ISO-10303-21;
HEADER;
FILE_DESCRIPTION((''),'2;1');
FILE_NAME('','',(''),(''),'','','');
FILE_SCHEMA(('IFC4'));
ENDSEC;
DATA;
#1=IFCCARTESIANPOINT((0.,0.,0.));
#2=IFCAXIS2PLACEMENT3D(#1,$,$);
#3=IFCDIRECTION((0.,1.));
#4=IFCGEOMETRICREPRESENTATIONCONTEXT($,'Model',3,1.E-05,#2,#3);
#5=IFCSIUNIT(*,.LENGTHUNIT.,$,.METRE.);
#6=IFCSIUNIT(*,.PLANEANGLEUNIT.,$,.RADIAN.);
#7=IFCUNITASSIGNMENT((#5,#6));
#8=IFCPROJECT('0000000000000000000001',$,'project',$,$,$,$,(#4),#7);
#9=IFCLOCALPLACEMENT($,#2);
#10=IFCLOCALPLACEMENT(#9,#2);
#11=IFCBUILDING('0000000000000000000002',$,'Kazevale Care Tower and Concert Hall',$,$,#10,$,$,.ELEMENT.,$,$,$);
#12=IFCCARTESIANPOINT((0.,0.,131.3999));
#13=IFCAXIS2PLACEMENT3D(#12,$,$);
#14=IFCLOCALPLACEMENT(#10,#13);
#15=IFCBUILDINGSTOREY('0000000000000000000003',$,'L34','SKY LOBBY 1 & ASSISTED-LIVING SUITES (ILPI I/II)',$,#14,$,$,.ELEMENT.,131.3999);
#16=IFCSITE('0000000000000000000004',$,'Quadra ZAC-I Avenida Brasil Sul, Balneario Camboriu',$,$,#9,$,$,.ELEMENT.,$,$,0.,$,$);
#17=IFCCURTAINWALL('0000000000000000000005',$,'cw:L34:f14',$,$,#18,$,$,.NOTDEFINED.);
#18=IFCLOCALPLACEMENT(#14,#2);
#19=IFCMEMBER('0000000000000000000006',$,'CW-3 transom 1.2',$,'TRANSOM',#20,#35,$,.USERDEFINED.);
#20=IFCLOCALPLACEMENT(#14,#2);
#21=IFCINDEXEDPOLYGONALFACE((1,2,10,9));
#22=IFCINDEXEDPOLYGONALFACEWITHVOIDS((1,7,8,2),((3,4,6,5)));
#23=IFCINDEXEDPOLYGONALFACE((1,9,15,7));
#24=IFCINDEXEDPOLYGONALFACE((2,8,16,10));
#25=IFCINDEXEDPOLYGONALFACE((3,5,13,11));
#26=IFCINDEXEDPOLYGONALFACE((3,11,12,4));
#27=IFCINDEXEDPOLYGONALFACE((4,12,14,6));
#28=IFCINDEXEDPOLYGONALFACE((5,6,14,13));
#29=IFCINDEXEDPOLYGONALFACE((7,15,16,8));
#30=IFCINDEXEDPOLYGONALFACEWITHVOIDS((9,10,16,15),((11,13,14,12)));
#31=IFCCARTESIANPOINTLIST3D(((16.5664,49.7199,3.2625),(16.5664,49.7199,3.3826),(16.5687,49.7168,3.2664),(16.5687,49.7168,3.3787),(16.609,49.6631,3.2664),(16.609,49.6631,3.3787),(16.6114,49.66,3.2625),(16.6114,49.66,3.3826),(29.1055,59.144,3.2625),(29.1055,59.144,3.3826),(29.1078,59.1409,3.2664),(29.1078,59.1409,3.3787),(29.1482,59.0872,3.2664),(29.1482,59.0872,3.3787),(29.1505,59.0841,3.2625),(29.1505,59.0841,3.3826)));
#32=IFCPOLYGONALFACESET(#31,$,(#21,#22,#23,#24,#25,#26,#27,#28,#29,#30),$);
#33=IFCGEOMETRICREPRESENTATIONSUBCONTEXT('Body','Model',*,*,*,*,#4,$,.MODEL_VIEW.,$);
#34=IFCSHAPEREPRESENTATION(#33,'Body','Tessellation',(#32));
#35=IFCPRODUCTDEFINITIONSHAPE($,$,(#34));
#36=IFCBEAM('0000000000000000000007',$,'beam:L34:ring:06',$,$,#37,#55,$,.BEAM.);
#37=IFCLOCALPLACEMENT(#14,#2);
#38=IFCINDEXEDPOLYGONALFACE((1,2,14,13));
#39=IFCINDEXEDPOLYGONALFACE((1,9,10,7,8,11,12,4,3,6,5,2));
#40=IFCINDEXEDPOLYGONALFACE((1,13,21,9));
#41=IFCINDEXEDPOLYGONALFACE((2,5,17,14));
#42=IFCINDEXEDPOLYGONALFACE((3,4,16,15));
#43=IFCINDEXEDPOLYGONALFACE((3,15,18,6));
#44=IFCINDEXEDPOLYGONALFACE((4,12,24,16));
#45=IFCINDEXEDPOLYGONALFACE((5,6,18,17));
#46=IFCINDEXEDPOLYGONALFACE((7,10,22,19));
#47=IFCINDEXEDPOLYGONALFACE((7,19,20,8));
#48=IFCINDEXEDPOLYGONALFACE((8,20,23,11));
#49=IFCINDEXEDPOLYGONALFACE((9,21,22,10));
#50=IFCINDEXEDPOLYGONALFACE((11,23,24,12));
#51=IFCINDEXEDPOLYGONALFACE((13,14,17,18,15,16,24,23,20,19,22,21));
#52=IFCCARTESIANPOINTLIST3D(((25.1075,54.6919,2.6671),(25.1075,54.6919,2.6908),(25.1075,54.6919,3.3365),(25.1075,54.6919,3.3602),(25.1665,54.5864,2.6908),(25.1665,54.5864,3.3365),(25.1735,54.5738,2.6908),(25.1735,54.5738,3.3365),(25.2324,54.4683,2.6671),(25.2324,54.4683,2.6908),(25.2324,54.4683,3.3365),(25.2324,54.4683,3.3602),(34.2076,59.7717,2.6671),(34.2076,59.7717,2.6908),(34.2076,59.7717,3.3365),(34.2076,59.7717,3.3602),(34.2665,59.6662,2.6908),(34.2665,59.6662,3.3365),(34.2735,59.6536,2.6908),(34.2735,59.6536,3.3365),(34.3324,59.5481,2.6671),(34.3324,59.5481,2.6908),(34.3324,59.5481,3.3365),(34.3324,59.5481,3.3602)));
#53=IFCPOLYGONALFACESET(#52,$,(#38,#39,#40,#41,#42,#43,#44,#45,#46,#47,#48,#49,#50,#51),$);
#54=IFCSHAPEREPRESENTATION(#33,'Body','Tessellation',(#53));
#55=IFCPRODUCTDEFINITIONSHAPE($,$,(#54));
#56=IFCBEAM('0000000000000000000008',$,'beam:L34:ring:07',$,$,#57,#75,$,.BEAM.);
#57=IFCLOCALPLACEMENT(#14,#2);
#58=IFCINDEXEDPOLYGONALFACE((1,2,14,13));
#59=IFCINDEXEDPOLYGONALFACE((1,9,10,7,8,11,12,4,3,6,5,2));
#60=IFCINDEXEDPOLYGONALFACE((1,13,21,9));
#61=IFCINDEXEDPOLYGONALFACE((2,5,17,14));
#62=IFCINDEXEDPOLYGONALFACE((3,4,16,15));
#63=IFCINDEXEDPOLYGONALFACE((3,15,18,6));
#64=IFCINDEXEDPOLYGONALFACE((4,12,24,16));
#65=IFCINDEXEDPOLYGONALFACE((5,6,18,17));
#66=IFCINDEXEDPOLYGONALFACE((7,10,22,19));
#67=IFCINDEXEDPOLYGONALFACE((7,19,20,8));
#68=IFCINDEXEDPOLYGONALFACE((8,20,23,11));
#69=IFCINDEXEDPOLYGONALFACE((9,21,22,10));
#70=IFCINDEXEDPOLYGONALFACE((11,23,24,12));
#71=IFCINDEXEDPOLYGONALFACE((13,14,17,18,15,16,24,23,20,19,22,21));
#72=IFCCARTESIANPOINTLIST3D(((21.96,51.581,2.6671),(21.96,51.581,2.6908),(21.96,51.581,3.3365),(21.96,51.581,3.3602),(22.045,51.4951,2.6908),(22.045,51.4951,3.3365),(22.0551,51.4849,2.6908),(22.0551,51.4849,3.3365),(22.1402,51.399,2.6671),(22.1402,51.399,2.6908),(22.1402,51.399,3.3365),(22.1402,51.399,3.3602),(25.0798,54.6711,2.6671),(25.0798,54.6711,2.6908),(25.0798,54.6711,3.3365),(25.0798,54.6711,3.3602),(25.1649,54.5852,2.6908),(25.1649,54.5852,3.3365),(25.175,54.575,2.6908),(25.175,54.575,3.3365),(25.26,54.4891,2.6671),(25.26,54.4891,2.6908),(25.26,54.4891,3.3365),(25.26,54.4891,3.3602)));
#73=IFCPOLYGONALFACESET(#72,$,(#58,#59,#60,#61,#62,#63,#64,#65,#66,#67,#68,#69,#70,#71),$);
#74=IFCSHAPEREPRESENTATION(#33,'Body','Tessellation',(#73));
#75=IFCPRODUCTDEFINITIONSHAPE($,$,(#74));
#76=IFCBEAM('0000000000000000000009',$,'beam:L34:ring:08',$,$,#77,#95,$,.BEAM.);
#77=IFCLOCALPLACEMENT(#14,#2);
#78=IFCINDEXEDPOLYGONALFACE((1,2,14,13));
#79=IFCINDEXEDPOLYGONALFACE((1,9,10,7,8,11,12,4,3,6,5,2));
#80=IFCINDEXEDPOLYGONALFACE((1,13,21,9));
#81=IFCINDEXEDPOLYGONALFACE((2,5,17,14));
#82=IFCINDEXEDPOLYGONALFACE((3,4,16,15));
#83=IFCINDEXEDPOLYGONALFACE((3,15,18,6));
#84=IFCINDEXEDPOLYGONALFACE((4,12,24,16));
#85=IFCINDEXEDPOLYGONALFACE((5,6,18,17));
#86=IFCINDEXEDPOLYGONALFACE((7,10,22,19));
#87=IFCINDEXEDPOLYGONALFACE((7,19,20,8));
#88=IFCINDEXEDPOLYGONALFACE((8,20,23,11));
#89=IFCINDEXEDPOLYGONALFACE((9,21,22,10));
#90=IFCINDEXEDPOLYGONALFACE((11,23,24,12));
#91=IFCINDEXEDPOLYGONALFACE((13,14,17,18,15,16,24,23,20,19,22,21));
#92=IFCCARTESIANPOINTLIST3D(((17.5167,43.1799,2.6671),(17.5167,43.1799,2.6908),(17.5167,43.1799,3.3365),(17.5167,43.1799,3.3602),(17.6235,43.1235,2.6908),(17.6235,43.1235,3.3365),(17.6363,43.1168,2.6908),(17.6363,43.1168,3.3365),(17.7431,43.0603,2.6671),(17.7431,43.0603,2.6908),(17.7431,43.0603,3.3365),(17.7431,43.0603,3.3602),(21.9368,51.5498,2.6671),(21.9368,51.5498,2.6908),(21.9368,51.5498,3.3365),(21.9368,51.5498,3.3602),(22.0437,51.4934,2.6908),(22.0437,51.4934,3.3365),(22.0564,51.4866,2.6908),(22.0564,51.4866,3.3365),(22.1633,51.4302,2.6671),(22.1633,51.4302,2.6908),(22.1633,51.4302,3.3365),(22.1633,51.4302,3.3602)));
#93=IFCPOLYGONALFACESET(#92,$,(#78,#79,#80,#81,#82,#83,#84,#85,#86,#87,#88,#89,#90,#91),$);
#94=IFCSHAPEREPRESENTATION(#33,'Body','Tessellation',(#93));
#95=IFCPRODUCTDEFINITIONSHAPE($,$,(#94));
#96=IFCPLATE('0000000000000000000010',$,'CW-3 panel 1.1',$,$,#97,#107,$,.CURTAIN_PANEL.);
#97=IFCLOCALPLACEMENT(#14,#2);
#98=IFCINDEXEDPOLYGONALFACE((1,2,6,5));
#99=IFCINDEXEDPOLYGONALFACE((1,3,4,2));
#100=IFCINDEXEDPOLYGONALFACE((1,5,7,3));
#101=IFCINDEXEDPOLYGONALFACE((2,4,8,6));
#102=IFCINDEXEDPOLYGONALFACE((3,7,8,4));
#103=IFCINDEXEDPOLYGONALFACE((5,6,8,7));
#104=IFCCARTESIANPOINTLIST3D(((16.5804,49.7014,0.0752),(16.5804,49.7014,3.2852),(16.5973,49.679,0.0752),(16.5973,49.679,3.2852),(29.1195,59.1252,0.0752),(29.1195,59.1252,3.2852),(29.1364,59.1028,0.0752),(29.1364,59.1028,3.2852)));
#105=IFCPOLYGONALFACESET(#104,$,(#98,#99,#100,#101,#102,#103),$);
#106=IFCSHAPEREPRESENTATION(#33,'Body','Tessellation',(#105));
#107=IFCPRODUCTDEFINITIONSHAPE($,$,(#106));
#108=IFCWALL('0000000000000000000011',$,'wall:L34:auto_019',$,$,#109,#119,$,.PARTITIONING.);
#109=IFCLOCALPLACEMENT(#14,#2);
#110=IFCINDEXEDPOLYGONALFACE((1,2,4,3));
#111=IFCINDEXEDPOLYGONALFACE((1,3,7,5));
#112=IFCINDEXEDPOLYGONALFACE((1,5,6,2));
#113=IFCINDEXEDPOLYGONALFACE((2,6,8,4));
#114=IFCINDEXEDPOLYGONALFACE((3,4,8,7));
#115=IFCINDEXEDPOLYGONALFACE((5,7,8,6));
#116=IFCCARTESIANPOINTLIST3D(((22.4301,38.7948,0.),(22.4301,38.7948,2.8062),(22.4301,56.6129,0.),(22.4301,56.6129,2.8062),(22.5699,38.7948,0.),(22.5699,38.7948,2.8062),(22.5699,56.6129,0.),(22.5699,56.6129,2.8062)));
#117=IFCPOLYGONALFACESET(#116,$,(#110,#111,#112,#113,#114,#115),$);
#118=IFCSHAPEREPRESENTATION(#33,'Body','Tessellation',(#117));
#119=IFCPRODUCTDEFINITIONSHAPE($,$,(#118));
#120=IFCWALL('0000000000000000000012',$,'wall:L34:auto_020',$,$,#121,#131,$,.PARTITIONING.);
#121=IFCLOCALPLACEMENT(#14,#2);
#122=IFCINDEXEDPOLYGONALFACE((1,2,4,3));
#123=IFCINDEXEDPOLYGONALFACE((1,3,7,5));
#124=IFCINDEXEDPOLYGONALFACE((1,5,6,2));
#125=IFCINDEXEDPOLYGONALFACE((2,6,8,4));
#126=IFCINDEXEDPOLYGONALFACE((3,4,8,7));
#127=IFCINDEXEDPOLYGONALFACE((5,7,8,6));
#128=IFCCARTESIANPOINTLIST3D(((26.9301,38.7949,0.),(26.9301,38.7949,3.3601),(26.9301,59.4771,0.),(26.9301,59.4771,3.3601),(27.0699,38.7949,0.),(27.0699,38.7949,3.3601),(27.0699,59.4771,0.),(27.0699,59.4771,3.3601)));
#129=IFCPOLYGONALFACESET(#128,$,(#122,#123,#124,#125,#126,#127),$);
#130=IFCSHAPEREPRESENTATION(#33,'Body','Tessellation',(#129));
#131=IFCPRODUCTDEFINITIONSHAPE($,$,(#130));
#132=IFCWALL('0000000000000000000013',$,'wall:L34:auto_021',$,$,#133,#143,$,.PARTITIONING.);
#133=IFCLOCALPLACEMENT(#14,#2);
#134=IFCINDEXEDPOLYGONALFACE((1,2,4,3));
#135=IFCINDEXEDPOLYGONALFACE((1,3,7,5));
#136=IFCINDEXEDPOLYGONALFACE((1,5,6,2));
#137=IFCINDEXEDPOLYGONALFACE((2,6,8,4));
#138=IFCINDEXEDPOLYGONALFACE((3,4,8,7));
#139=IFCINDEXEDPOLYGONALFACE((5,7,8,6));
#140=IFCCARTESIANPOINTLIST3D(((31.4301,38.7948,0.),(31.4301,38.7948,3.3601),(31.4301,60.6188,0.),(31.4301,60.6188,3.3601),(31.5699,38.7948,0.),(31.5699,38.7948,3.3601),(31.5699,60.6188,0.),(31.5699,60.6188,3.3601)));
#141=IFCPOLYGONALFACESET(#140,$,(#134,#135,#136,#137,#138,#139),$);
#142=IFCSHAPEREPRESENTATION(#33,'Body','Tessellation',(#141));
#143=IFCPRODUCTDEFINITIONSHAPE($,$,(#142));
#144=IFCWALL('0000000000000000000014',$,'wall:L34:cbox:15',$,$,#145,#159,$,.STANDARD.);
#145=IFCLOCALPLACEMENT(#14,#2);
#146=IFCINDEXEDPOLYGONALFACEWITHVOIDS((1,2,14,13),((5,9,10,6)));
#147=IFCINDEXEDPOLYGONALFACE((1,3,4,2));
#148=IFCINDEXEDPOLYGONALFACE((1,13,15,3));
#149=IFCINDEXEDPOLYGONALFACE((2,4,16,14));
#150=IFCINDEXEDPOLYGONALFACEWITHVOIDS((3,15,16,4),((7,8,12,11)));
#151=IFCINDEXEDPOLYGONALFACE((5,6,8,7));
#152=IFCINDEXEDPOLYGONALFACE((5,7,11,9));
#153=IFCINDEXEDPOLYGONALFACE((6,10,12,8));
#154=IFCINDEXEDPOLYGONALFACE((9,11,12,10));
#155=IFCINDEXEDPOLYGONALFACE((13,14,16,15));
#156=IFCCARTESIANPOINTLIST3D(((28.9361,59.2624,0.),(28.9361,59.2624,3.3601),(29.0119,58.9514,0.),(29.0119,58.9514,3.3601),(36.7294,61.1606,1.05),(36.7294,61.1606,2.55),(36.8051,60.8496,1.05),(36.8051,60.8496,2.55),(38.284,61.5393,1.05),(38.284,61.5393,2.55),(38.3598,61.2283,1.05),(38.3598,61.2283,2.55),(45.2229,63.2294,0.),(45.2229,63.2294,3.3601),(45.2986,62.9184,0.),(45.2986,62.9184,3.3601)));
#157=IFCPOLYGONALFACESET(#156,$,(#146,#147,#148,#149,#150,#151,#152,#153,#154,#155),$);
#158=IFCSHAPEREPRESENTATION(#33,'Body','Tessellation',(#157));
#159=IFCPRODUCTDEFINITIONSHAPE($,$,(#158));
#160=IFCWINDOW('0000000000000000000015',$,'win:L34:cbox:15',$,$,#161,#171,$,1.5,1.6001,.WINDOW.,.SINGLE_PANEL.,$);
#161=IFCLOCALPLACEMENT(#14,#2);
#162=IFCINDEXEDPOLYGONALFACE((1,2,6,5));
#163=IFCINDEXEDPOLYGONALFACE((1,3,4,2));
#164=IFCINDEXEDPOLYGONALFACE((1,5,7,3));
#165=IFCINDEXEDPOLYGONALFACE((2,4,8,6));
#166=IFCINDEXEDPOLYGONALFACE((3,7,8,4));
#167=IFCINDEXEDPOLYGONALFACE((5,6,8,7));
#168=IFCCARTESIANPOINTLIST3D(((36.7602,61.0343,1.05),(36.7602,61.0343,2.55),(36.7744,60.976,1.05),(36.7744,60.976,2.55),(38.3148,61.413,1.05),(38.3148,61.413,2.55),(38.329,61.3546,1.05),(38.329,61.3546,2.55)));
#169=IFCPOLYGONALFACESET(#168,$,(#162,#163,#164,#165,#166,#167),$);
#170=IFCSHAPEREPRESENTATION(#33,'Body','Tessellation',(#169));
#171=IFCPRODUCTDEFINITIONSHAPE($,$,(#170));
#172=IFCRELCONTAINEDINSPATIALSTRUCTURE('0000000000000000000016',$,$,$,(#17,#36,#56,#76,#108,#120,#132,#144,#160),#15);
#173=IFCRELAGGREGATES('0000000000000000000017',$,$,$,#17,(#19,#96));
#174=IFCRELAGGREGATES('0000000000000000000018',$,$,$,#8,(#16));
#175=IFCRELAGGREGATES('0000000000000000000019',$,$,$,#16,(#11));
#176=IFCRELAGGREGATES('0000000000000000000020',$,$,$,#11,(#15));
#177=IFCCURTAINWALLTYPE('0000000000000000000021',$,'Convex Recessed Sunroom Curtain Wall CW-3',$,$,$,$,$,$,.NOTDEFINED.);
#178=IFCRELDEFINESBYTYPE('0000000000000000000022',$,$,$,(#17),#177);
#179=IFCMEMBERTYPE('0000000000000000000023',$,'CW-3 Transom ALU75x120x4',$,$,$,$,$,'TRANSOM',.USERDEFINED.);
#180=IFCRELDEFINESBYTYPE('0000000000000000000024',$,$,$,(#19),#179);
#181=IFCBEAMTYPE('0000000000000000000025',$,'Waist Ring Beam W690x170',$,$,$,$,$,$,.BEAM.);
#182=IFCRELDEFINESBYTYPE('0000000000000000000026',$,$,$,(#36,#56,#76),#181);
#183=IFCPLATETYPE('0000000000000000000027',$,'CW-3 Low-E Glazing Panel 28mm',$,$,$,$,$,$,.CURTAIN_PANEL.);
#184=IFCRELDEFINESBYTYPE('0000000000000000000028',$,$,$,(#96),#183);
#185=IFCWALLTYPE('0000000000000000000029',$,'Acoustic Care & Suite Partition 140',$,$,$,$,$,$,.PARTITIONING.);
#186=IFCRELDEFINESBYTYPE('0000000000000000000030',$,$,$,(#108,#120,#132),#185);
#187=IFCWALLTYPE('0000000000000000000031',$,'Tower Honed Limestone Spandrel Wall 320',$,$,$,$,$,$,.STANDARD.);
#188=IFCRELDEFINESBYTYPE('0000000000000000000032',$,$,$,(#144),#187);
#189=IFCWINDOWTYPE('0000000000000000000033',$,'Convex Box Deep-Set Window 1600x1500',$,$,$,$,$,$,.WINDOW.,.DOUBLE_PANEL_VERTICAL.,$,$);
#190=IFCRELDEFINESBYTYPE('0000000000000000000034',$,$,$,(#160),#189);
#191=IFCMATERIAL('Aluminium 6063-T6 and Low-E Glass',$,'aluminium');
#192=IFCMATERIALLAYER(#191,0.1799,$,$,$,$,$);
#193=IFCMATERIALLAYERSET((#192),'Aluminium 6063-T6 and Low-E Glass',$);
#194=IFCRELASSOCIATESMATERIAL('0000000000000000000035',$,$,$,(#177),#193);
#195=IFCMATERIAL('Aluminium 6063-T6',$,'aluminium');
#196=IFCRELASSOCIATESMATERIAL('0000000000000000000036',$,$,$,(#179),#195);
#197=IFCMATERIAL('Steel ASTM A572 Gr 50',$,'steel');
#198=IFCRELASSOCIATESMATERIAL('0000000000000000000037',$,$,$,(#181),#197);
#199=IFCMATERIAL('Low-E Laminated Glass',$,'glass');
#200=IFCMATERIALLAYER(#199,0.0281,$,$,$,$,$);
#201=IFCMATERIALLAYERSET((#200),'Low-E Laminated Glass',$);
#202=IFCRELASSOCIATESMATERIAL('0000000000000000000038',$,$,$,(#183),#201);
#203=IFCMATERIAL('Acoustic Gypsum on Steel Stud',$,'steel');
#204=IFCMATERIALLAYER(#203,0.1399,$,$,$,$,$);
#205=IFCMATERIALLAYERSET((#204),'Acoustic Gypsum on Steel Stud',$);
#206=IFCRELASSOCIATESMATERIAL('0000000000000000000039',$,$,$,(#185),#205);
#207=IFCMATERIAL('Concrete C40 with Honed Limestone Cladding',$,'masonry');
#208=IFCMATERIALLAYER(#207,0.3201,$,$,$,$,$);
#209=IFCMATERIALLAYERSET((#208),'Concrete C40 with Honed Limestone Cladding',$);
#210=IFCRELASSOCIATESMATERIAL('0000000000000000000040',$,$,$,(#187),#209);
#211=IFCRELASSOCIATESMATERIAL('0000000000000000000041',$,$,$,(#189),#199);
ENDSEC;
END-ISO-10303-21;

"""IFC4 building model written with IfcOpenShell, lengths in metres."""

from ifc_helpers import new_model, si_unit, direction, frame, frame_2d, origin, origin_2d, place, context, subcontext, project, spatial, rectangle, hollow_rectangle, i_section, extrude, material, layer, layer_set, material_profile, profile_set, type_object, element, fill, aggregate, save


model = new_model("IFC4")

# Units and contexts
model_context = context("Model", 3, precision=1e-05, world=origin(), true_north=direction((0.0, 1.0)))
body_context = subcontext(model_context, "Body", "Model", "MODEL_VIEW")
ifc_project = project(units=[si_unit("LENGTHUNIT", "METRE"), si_unit("PLANEANGLEUNIT", "RADIAN")], contexts=[model_context])

# Site, building, storey
site_placement = place(None, origin())
site = spatial("IfcSite", under=ifc_project, at=site_placement, Name="Quadra ZAC-I Avenida Brasil Sul, Balneario Camboriu", CompositionType="ELEMENT", RefElevation=0.0)
building_placement = place(site_placement, origin())
building = spatial("IfcBuilding", under=site, at=building_placement, Name="Kazevale Care Tower and Concert Hall", CompositionType="ELEMENT")
storey_placement = place(building_placement, frame((0.0, 0.0, 131.3999)))
storey = spatial("IfcBuildingStorey", under=building, at=storey_placement, Name="L34", Description="SKY LOBBY 1 & ASSISTED-LIVING SUITES (ILPI I/II)", CompositionType="ELEMENT", Elevation=131.3999)

# Curtain wall, member
ifc_material_1 = material(Name="Aluminium 6063-T6 and Low-E Glass", Category="aluminium")
ifc_layer_1 = layer(ifc_material_1, 0.1799)
ifc_layer_set_1 = layer_set([ifc_layer_1], Name="Aluminium 6063-T6 and Low-E Glass")
curtain_wall_type = type_object("IfcCurtainWallType", Name="Convex Recessed Sunroom Curtain Wall CW-3", PredefinedType="NOTDEFINED", material=ifc_layer_set_1)
curtain_wall_placement = place(storey_placement, origin())
curtain_wall = element("IfcCurtainWall", 1, at=curtain_wall_placement, inside=storey, type_object=curtain_wall_type, Name="cw:L34:f14", PredefinedType="NOTDEFINED")
ifc_material_2 = material(Name="Aluminium 6063-T6", Category="aluminium")
ifc_material_profile_1 = material_profile(ifc_material_2, hollow_rectangle(XDim=0.075, YDim=0.1201, WallThickness=0.0039, at=origin_2d()), Name="ALU75x120x4")
ifc_profile_set_1 = profile_set([ifc_material_profile_1], Name="Aluminium 6063-T6")
member_type_1 = type_object("IfcMemberType", Name="CW-3 Transom ALU75x120x4", ElementType="TRANSOM", PredefinedType="USERDEFINED", material=ifc_profile_set_1)
member_1_placement = place(storey_placement, frame((16.5889, 49.6899, 3.3225), z_axis=(0.799394, 0.600807, 0.0), x_axis=(-0.600807, 0.799394, 0.0)))
member_1 = element("IfcMember", 2, at=member_1_placement, type_object=member_type_1, Name="CW-3 transom 1.2", ObjectType="TRANSOM", PredefinedType="USERDEFINED", context=body_context, shape_type="SweptSolid", body=[
    extrude(hollow_rectangle(XDim=0.075, YDim=0.1201, WallThickness=0.0039, at=origin_2d()), origin(), (0.0, 0.0, 1.0), 15.6858),
])

# Beams
ifc_material_3 = material(Name="Steel ASTM A572 Gr 50", Category="steel")
ifc_material_profile_2 = material_profile(ifc_material_3, i_section(OverallWidth=0.2561, OverallDepth=0.6931, WebThickness=0.0144, FlangeThickness=0.0237, at=origin_2d()), Name="W690x170")
ifc_profile_set_2 = profile_set([ifc_material_profile_2], Name="Steel ASTM A572 Gr 50")
beam_type = type_object("IfcBeamType", Name="Waist Ring Beam W690x170", PredefinedType="BEAM", material=ifc_profile_set_2)
beam_1_placement = place(storey_placement, frame((34.27, 59.6599, 3.0137), z_axis=(-0.873169, -0.487418, 0.0), x_axis=(0.487418, -0.873169, 0.0)))
element("IfcBeam", 3, at=beam_1_placement, inside=storey, type_object=beam_type, Name="beam:L34:ring:06", PredefinedType="BEAM", context=body_context, shape_type="SweptSolid", body=[
    extrude(i_section(OverallWidth=0.2561, OverallDepth=0.6931, WebThickness=0.0144, FlangeThickness=0.0237, at=origin_2d()), origin(), (0.0, 0.0, 1.0), 10.4219),
])
beam_2_placement = place(storey_placement, frame((25.1699, 54.5801, 3.0137), z_axis=(-0.71049, -0.703707, 0.0), x_axis=(0.703707, -0.71049, 0.0)))
element("IfcBeam", 4, at=beam_2_placement, inside=storey, type_object=beam_type, Name="beam:L34:ring:07", PredefinedType="BEAM", context=body_context, shape_type="SweptSolid", body=[
    extrude(i_section(OverallWidth=0.2561, OverallDepth=0.6931, WebThickness=0.0144, FlangeThickness=0.0237, at=origin_2d()), origin(), (0.0, 0.0, 1.0), 4.3911),
])
beam_3_placement = place(storey_placement, frame((22.05, 51.49, 3.0137), z_axis=(-0.466984, -0.884266, 0.0), x_axis=(0.884266, -0.466984, 0.0)))
element("IfcBeam", 5, at=beam_3_placement, inside=storey, type_object=beam_type, Name="beam:L34:ring:08", PredefinedType="BEAM", context=body_context, shape_type="SweptSolid", body=[
    extrude(i_section(OverallWidth=0.2561, OverallDepth=0.6931, WebThickness=0.0144, FlangeThickness=0.0237, at=origin_2d()), origin(), (0.0, 0.0, 1.0), 9.4653),
])

# Plate
ifc_material_4 = material(Name="Low-E Laminated Glass", Category="glass")
ifc_layer_2 = layer(ifc_material_4, 0.0281)
ifc_layer_set_2 = layer_set([ifc_layer_2], Name="Low-E Laminated Glass")
plate_type = type_object("IfcPlateType", Name="CW-3 Low-E Glazing Panel 28mm", PredefinedType="CURTAIN_PANEL", material=ifc_layer_set_2)
plate_placement = place(storey_placement, frame((22.8584, 54.4021, 0.0752), z_axis=(0.0, 0.0, 1.0), x_axis=(0.799401, 0.600798, 0.0)))
plate = element("IfcPlate", 6, at=plate_placement, type_object=plate_type, Name="CW-3 panel 1.1", PredefinedType="CURTAIN_PANEL", context=body_context, shape_type="SweptSolid", body=[
    extrude(rectangle(XDim=15.6855, YDim=0.0281, at=origin_2d()), origin(), (0.0, 0.0, 1.0), 3.21),
])
aggregate(curtain_wall, [member_1, plate])

# Walls
ifc_material_5 = material(Name="Acoustic Gypsum on Steel Stud", Category="steel")
ifc_layer_3 = layer(ifc_material_5, 0.1399)
ifc_layer_set_3 = layer_set([ifc_layer_3], Name="Acoustic Gypsum on Steel Stud")
wall_type_1 = type_object("IfcWallType", Name="Acoustic Care & Suite Partition 140", PredefinedType="PARTITIONING", material=ifc_layer_set_3)
wall_1_placement = place(storey_placement, frame((22.5, 56.613, 0.0), z_axis=(0.0, 0.0, 1.0), x_axis=(0.0, -1.0, 0.0)))
element("IfcWall", 7, at=wall_1_placement, inside=storey, type_object=wall_type_1, Name="wall:L34:auto_019", PredefinedType="PARTITIONING", context=body_context, shape_type="SweptSolid", body=[
    extrude(rectangle(XDim=17.8181, YDim=0.1399, at=frame_2d((8.9092, 0.0))), origin(), (0.0, 0.0, 1.0), 2.8062),
])
wall_2_placement = place(storey_placement, frame((27.0, 59.4771, 0.0), z_axis=(0.0, 0.0, 1.0), x_axis=(0.0, -1.0, 0.0)))
element("IfcWall", 8, at=wall_2_placement, inside=storey, type_object=wall_type_1, Name="wall:L34:auto_020", PredefinedType="PARTITIONING", context=body_context, shape_type="SweptSolid", body=[
    extrude(rectangle(XDim=20.6821, YDim=0.1399, at=frame_2d((10.3411, 0.0))), origin(), (0.0, 0.0, 1.0), 3.3601),
])
wall_3_placement = place(storey_placement, frame((31.5, 60.6189, 0.0), z_axis=(0.0, 0.0, 1.0), x_axis=(0.0, -1.0, 0.0)))
element("IfcWall", 9, at=wall_3_placement, inside=storey, type_object=wall_type_1, Name="wall:L34:auto_021", PredefinedType="PARTITIONING", context=body_context, shape_type="SweptSolid", body=[
    extrude(rectangle(XDim=21.824, YDim=0.1399, at=frame_2d((10.9121, 0.0))), origin(), (0.0, 0.0, 1.0), 3.3601),
])

# Wall, opening, window
ifc_material_6 = material(Name="Concrete C40 with Honed Limestone Cladding", Category="masonry")
ifc_layer_4 = layer(ifc_material_6, 0.3201)
ifc_layer_set_4 = layer_set([ifc_layer_4], Name="Concrete C40 with Honed Limestone Cladding")
wall_type_2 = type_object("IfcWallType", Name="Tower Honed Limestone Spandrel Wall 320", PredefinedType="STANDARD", material=ifc_layer_set_4)
wall_4_placement = place(storey_placement, frame((28.9741, 59.1069, 0.0), z_axis=(0.0, 0.0, 1.0), x_axis=(0.971594, 0.236654, 0.0)))
wall_4 = element("IfcWall", 10, at=wall_4_placement, inside=storey, type_object=wall_type_2, Name="wall:L34:cbox:15", PredefinedType="STANDARD", context=body_context, shape_type="SweptSolid", body=[
    extrude(rectangle(XDim=16.7629, YDim=0.3201, at=frame_2d((8.3813, 0.0))), origin(), (0.0, 0.0, 1.0), 3.3601),
])
opening_placement = place(wall_4_placement, frame((8.021, 0.0, 1.05)))
opening = element("IfcOpeningElement", 11, at=opening_placement, cuts=wall_4, PredefinedType="OPENING", context=body_context, shape_type="SweptSolid", body=[
    extrude(rectangle(XDim=1.6001, YDim=1.5, at=frame_2d((0.8, 0.75))), frame((0.0, 0.1699, 0.0), z_axis=(0.0, -1.0, 0.0), x_axis=(1.0, 0.0, 0.0)), (0.0, 0.0, 1.0), 0.3401),
])
window_type = type_object("IfcWindowType", Name="Convex Box Deep-Set Window 1600x1500", PartitioningType="DOUBLE_PANEL_VERTICAL", PredefinedType="WINDOW", material=ifc_material_4)
window_placement = place(opening_placement, origin())
window = element("IfcWindow", 12, at=window_placement, inside=storey, type_object=window_type, Name="win:L34:cbox:15", OverallHeight=1.5, OverallWidth=1.6001, PartitioningType="SINGLE_PANEL", PredefinedType="WINDOW", context=body_context, shape_type="SweptSolid", body=[
    extrude(rectangle(XDim=1.6001, YDim=1.5, at=frame_2d((0.8, 0.75))), frame((0.0, 0.03, 0.0), z_axis=(0.0, -1.0, 0.0), x_axis=(1.0, 0.0, 0.0)), (0.0, 0.0, 1.0), 0.0601),
])
fill(opening, window)

save(model, "model.ifc")
